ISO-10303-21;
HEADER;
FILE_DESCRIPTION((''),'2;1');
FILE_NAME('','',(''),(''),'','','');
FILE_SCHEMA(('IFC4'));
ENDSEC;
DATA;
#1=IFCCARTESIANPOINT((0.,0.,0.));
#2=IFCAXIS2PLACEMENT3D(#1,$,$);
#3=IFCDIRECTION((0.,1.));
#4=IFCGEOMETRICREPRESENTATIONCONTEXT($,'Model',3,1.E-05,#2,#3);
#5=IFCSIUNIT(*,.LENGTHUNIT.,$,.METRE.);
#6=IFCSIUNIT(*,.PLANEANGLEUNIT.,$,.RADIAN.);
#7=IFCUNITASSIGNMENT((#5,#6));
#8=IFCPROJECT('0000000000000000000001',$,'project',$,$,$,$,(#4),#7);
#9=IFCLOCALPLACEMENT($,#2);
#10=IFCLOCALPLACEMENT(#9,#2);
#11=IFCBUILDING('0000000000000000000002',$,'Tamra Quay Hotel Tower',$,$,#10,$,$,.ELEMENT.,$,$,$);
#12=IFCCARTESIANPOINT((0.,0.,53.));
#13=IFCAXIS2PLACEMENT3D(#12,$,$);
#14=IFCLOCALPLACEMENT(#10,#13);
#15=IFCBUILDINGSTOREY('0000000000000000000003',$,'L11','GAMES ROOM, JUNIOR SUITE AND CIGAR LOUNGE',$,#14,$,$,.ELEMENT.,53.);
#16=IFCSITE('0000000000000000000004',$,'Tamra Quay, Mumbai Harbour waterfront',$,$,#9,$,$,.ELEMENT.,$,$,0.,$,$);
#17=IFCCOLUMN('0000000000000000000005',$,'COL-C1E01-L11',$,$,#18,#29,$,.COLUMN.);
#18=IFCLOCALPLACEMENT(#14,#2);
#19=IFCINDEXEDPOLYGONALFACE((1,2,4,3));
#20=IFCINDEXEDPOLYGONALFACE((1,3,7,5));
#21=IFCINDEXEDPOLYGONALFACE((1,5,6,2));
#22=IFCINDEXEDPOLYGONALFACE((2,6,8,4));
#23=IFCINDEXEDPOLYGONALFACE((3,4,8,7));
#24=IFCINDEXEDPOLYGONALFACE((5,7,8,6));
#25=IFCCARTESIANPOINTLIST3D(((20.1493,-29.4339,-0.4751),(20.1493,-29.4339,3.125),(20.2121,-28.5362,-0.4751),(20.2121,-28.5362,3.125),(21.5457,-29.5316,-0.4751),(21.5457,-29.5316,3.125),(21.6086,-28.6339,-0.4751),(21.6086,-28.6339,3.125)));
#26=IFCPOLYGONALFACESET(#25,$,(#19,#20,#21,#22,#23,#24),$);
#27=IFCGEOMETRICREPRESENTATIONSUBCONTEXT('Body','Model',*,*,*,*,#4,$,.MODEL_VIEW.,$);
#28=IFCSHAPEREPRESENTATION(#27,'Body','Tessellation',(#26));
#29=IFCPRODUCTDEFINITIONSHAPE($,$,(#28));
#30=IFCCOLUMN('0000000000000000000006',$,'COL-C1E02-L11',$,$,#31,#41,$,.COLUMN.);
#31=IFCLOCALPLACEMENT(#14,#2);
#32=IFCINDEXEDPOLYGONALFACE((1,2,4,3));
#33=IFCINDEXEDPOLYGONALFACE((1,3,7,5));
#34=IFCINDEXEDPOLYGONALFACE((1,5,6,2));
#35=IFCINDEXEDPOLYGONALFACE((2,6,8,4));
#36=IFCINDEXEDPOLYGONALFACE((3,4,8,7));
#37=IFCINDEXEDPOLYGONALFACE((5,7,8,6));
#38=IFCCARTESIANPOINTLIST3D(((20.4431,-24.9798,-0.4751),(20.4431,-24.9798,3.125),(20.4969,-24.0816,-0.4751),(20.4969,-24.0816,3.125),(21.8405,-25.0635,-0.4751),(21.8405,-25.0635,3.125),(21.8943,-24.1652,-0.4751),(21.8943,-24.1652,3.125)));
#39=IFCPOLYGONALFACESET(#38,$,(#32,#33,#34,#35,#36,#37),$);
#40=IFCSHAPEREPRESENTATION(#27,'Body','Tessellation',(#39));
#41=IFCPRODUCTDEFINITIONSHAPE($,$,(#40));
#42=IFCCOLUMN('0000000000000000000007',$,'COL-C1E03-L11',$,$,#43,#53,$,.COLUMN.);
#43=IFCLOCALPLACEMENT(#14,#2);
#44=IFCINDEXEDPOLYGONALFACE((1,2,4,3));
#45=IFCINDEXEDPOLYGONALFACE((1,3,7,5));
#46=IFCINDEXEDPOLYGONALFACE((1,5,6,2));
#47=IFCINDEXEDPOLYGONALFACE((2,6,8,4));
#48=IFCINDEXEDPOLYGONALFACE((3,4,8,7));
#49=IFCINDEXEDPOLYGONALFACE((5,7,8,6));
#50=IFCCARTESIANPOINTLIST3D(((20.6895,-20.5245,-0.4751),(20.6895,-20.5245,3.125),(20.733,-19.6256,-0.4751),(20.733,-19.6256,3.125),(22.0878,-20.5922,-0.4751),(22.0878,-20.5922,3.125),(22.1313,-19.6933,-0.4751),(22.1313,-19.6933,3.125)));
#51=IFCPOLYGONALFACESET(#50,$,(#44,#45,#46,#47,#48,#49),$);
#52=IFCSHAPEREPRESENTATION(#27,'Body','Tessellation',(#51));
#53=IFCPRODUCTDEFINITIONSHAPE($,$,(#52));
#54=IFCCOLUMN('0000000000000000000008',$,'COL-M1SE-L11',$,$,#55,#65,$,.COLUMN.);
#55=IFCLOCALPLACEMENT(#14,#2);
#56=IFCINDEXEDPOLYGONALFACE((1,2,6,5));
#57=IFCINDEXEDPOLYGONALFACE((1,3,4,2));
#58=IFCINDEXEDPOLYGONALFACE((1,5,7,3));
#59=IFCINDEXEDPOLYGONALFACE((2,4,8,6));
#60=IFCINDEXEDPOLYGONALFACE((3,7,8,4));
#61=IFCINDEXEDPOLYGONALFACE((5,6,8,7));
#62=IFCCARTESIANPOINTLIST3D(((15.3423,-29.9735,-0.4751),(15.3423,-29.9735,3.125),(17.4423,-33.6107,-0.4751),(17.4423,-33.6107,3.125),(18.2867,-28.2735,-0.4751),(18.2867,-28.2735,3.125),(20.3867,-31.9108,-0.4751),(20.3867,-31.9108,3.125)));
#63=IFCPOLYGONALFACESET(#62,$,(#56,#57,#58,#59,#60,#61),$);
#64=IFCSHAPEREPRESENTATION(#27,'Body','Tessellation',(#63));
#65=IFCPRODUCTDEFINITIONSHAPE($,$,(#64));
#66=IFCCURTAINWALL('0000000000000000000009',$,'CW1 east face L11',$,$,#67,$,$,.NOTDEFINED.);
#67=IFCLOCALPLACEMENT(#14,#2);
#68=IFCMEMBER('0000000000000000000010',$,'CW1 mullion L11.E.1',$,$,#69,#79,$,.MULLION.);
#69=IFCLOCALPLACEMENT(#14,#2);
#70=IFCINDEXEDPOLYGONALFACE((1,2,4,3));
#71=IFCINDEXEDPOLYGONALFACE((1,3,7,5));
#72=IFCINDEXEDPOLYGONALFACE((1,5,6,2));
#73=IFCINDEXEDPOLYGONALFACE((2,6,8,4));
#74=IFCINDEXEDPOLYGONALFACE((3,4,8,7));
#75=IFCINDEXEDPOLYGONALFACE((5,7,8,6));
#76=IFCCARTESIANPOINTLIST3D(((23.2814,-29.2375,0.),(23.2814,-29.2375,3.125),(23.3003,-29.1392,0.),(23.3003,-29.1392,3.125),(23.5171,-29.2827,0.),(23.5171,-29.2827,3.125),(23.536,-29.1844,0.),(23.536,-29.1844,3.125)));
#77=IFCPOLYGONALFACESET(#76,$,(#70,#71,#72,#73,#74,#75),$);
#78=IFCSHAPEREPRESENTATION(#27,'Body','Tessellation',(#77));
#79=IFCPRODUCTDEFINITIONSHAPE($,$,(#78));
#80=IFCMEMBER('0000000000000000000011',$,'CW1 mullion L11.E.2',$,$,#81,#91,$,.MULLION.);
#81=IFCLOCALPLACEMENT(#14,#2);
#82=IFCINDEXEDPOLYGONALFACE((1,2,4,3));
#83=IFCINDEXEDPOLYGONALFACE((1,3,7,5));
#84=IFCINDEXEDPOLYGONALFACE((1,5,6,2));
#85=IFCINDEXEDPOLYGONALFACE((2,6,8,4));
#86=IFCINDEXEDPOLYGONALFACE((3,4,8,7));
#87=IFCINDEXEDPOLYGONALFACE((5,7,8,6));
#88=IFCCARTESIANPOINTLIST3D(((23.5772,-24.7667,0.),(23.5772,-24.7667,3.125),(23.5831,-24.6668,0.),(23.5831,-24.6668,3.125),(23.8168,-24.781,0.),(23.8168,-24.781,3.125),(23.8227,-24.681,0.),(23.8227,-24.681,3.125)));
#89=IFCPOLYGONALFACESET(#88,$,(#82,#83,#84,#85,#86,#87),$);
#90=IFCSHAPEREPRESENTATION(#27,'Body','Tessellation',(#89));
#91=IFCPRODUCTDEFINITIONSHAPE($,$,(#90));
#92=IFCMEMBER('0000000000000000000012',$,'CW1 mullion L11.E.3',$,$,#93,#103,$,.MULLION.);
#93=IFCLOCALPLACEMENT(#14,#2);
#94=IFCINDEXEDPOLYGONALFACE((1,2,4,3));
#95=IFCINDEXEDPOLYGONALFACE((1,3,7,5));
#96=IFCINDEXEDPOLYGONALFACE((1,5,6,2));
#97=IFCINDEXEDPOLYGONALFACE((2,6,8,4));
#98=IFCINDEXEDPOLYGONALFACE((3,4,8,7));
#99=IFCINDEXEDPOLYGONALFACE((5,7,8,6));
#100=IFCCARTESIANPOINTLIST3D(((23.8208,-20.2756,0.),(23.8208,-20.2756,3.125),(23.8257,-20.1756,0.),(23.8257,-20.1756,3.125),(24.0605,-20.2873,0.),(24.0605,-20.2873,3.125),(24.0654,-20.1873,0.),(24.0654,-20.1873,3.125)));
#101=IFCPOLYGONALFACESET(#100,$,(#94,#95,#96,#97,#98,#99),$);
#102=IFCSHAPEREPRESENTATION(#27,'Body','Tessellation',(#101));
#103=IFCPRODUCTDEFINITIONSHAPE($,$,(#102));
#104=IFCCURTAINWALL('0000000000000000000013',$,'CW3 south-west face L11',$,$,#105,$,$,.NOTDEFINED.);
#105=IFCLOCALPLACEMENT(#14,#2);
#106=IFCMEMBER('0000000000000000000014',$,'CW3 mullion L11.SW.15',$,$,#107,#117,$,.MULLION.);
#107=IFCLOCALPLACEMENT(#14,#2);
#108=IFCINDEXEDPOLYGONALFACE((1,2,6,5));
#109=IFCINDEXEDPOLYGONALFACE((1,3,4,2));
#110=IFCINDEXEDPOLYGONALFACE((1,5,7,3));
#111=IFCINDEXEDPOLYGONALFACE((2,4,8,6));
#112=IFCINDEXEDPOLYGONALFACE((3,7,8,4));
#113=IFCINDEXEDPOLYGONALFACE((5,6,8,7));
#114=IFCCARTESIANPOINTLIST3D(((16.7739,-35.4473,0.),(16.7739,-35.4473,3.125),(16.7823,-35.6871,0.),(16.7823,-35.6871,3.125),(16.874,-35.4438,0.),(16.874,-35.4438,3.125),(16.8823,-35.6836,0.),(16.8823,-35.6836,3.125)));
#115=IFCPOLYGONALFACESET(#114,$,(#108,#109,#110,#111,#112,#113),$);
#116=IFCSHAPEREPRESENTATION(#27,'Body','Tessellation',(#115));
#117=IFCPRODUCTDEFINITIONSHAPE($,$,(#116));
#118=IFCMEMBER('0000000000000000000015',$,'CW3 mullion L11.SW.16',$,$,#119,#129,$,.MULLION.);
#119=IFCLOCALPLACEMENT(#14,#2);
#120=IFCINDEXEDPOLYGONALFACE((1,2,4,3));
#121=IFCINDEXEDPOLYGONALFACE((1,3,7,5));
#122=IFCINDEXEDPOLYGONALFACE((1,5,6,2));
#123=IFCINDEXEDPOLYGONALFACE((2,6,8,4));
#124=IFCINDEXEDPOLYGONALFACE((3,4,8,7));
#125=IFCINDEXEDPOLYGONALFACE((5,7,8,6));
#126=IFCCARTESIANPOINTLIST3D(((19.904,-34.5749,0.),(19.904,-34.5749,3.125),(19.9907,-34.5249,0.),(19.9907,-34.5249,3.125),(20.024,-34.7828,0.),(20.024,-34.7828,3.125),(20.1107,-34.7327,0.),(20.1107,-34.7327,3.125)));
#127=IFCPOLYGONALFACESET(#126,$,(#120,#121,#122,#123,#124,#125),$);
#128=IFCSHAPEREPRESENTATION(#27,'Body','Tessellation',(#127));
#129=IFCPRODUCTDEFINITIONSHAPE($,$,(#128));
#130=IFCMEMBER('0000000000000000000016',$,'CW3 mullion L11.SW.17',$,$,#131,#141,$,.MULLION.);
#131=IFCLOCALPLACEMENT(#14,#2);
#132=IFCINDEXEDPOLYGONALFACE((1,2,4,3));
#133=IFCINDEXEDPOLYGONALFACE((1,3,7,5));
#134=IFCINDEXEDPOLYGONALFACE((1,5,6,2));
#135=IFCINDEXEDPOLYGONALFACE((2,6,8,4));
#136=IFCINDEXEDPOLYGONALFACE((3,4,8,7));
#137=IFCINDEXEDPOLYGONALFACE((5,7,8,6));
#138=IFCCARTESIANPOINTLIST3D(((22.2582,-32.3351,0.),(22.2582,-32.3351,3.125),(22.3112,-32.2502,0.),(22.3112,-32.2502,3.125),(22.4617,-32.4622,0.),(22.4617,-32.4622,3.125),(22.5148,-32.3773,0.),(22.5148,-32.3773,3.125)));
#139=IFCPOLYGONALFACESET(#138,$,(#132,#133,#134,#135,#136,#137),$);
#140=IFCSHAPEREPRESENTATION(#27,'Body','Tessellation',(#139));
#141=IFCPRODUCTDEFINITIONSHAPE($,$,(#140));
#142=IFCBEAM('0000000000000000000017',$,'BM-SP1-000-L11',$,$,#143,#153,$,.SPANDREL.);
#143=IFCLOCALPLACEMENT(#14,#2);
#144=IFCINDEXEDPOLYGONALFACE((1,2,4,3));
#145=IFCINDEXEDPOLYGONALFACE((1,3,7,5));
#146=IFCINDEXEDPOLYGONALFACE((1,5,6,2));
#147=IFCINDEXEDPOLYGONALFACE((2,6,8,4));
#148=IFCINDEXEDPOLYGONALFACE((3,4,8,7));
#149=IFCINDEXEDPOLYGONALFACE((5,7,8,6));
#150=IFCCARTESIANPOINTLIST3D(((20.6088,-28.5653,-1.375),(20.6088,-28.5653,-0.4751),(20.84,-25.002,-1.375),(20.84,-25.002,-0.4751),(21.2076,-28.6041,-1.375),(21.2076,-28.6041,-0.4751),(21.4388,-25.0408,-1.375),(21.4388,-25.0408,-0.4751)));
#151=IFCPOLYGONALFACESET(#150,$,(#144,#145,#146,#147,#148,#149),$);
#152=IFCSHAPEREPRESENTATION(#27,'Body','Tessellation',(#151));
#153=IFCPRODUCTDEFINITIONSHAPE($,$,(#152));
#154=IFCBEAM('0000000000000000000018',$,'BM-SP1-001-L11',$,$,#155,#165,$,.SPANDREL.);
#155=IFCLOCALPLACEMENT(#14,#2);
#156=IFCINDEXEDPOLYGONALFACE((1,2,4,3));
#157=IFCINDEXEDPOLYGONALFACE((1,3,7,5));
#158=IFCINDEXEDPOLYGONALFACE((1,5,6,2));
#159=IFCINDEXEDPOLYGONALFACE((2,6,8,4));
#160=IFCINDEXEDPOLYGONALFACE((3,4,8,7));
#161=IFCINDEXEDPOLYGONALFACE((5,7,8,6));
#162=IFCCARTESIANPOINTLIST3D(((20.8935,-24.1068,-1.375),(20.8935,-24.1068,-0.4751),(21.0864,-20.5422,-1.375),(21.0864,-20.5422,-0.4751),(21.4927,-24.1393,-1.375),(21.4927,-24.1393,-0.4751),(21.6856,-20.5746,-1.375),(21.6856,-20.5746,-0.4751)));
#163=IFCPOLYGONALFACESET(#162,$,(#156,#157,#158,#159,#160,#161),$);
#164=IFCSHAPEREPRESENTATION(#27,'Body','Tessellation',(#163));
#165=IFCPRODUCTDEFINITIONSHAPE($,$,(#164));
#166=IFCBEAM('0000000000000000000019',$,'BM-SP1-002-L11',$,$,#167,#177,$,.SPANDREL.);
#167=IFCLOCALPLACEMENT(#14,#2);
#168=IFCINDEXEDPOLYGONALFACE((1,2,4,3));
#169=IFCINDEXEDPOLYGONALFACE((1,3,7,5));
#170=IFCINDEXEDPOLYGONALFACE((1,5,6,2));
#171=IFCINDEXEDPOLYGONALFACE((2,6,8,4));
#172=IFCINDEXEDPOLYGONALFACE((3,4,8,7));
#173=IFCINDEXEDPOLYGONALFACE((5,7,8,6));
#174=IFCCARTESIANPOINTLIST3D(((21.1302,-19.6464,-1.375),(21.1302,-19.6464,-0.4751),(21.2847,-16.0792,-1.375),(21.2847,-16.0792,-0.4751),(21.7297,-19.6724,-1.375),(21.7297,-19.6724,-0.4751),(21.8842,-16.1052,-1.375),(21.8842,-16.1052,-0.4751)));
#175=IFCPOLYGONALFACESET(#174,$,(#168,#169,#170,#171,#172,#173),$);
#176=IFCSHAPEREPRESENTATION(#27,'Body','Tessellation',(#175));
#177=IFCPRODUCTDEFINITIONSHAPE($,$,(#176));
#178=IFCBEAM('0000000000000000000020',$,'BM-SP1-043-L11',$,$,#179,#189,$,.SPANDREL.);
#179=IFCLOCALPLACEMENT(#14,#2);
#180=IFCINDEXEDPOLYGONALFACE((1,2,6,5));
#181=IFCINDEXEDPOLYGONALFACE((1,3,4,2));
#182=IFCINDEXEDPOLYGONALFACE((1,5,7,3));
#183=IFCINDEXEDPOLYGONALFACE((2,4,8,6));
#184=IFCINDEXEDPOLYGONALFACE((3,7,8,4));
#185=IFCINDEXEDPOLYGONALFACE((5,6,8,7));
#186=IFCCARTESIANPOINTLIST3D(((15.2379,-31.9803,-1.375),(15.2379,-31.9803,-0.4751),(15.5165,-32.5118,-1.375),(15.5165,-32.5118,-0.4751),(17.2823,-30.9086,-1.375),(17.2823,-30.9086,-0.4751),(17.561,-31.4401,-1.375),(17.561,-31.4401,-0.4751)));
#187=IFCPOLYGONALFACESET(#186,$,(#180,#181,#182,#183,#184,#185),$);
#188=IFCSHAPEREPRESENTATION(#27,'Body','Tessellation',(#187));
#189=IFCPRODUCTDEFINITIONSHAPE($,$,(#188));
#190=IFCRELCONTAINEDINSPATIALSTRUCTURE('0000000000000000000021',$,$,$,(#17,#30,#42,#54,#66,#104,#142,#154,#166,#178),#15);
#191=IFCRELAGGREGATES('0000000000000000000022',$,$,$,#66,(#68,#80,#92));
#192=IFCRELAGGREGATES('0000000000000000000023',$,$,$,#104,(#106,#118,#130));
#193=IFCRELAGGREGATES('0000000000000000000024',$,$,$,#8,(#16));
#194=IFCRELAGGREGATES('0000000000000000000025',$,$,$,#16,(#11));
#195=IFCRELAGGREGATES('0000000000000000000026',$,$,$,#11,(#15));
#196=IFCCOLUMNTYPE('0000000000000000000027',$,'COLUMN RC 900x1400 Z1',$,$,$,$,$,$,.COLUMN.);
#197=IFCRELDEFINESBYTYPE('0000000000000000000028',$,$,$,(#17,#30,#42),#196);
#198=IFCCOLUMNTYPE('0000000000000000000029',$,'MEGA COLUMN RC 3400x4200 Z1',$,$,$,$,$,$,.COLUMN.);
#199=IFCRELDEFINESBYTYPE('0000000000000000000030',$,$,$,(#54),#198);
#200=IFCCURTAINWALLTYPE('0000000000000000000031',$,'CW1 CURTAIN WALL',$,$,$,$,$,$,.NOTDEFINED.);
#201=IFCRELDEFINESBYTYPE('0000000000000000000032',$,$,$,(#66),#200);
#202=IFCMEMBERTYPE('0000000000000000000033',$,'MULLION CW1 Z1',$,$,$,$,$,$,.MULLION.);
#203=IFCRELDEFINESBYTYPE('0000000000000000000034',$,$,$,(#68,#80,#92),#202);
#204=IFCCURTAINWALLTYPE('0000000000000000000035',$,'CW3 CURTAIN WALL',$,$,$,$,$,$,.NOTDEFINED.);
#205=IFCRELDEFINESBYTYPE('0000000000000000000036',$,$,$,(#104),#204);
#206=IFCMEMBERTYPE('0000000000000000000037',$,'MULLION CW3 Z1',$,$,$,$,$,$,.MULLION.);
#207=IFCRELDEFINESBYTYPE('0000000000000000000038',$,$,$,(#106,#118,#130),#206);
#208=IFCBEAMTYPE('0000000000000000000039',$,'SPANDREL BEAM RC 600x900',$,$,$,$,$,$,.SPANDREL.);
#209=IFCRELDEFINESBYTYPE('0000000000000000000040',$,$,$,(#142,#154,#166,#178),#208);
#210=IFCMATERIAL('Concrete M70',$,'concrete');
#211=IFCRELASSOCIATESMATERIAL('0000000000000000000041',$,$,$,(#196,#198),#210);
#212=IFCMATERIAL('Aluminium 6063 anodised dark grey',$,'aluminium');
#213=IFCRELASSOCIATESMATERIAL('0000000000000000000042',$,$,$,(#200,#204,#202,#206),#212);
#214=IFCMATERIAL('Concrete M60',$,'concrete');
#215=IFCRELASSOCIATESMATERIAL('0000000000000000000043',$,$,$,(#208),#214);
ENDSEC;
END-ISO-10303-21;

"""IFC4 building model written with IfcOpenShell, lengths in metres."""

from ifc_helpers import new_model, si_unit, direction, frame, origin, origin_2d, place, context, subcontext, project, spatial, rectangle, extrude, material, material_profile, profile_set, type_object, element, aggregate, save


model = new_model("IFC4")

# Units and contexts
model_context = context("Model", 3, precision=1e-05, world=origin(), true_north=direction((0.0, 1.0)))
body_context = subcontext(model_context, "Body", "Model", "MODEL_VIEW")
ifc_project = project(units=[si_unit("LENGTHUNIT", "METRE"), si_unit("PLANEANGLEUNIT", "RADIAN")], contexts=[model_context])

# Site, building, storey
site_placement = place(None, origin())
site = spatial("IfcSite", under=ifc_project, at=site_placement, Name="Tamra Quay, Mumbai Harbour waterfront", CompositionType="ELEMENT", RefElevation=0.0)
building_placement = place(site_placement, origin())
building = spatial("IfcBuilding", under=site, at=building_placement, Name="Tamra Quay Hotel Tower", CompositionType="ELEMENT")
storey_placement = place(building_placement, frame((0.0, 0.0, 53.0)))
storey = spatial("IfcBuildingStorey", under=building, at=storey_placement, Name="L11", Description="GAMES ROOM, JUNIOR SUITE AND CIGAR LOUNGE", CompositionType="ELEMENT", Elevation=53.0)

# Columns
ifc_material_1 = material(Name="Concrete M70", Category="concrete")
ifc_material_profile_1 = material_profile(ifc_material_1, rectangle(XDim=1.3999, YDim=0.8999, at=origin_2d()), Name="COLUMN RC 900x1400 Z1")
ifc_profile_set_1 = profile_set([ifc_material_profile_1], Name="Concrete M70")
column_type_1 = type_object("IfcColumnType", Name="COLUMN RC 900x1400 Z1", PredefinedType="COLUMN", material=ifc_profile_set_1)
for number, where, z_axis, x_axis, name in (
    (1, (20.8789, -29.0339, -0.4751), (0.0, 0.0, 1.0), (-0.997562, 0.06979, 0.0), "COL-C1E01-L11"),
    (2, (21.1687, -24.5725, -0.4751), (0.0, 0.0, 1.0), (-0.998214, 0.059733, 0.0), "COL-C1E02-L11"),
    (3, (21.4104, -20.1089, -0.4751), (0.0, 0.0, 1.0), (-0.998831, 0.048344, 0.0), "COL-C1E03-L11"),
):
    element("IfcColumn", number, at=place(storey_placement, frame(where, z_axis=z_axis, x_axis=x_axis)), inside=storey, type_object=column_type_1, Name=name, PredefinedType="COLUMN", context=body_context, shape_type="SweptSolid", body=[
        extrude(rectangle(XDim=1.3999, YDim=0.8999, at=origin_2d()), origin(), (0.0, 0.0, 1.0), 3.6001),
    ])
ifc_material_profile_2 = material_profile(ifc_material_1, rectangle(XDim=4.2, YDim=3.3999, at=origin_2d()), Name="MEGA COLUMN RC 3400x4200 Z1")
ifc_profile_set_2 = profile_set([ifc_material_profile_2], Name="Concrete M70")
column_type_2 = type_object("IfcColumnType", Name="MEGA COLUMN RC 3400x4200 Z1", PredefinedType="COLUMN", material=ifc_profile_set_2)
column_placement = place(storey_placement, frame((17.8645, -30.9421, -0.4751), z_axis=(0.0, 0.0, 1.0), x_axis=(-0.5, 0.866025, 0.0)))
element("IfcColumn", 4, at=column_placement, inside=storey, type_object=column_type_2, Name="COL-M1SE-L11", PredefinedType="COLUMN", context=body_context, shape_type="SweptSolid", body=[
    extrude(rectangle(XDim=4.2, YDim=3.3999, at=origin_2d()), origin(), (0.0, 0.0, 1.0), 3.6001),
])

# Curtain walls, members
ifc_material_2 = material(Name="Aluminium 6063 anodised dark grey", Category="aluminium")
curtain_wall_type_1 = type_object("IfcCurtainWallType", Name="CW1 CURTAIN WALL", PredefinedType="NOTDEFINED", material=ifc_material_2)
curtain_wall_1_placement = place(storey_placement, origin())
curtain_wall_1 = element("IfcCurtainWall", 5, at=curtain_wall_1_placement, inside=storey, type_object=curtain_wall_type_1, Name="CW1 east face L11", PredefinedType="NOTDEFINED")
ifc_material_profile_3 = material_profile(ifc_material_2, rectangle(XDim=0.24, YDim=0.1001, at=origin_2d()), Name="MULLION 100X240")
ifc_profile_set_3 = profile_set([ifc_material_profile_3], Name="Aluminium 6063 anodised dark grey")
member_type_1 = type_object("IfcMemberType", Name="MULLION CW1 Z1", PredefinedType="MULLION", material=ifc_profile_set_3)
member_1_placement = place(storey_placement, frame((23.4087, -29.2109, 0.0), z_axis=(0.0, 0.0, 1.0), x_axis=(0.982095, -0.188389, 0.0)))
member_1 = element("IfcMember", 6, at=member_1_placement, type_object=member_type_1, Name="CW1 mullion L11.E.1", PredefinedType="MULLION", context=body_context, shape_type="SweptSolid", body=[
    extrude(rectangle(XDim=0.24, YDim=0.1001, at=origin_2d()), origin(), (0.0, 0.0, 1.0), 3.125),
])
member_2_placement = place(storey_placement, frame((23.7, -24.7239, 0.0), z_axis=(0.0, 0.0, 1.0), x_axis=(0.998232, -0.059438, 0.0)))
member_2 = element("IfcMember", 7, at=member_2_placement, type_object=member_type_1, Name="CW1 mullion L11.E.2", PredefinedType="MULLION", context=body_context, shape_type="SweptSolid", body=[
    extrude(rectangle(XDim=0.24, YDim=0.1001, at=origin_2d()), origin(), (0.0, 0.0, 1.0), 3.125),
])
member_3_placement = place(storey_placement, frame((23.9431, -20.2314, 0.0), z_axis=(0.0, 0.0, 1.0), x_axis=(0.998815, -0.048674, 0.0)))
member_3 = element("IfcMember", 8, at=member_3_placement, type_object=member_type_1, Name="CW1 mullion L11.E.3", PredefinedType="MULLION", context=body_context, shape_type="SweptSolid", body=[
    extrude(rectangle(XDim=0.24, YDim=0.1001, at=origin_2d()), origin(), (0.0, 0.0, 1.0), 3.125),
])
curtain_wall_type_2 = type_object("IfcCurtainWallType", Name="CW3 CURTAIN WALL", PredefinedType="NOTDEFINED", material=ifc_material_2)
curtain_wall_2_placement = place(storey_placement, origin())
curtain_wall_2 = element("IfcCurtainWall", 9, at=curtain_wall_2_placement, inside=storey, type_object=curtain_wall_type_2, Name="CW3 south-west face L11", PredefinedType="NOTDEFINED")
ifc_material_profile_4 = material_profile(ifc_material_2, rectangle(XDim=0.24, YDim=0.1001, at=origin_2d()), Name="MULLION 100X240")
ifc_profile_set_4 = profile_set([ifc_material_profile_4], Name="Aluminium 6063 anodised dark grey")
member_type_2 = type_object("IfcMemberType", Name="MULLION CW3 Z1", PredefinedType="MULLION", material=ifc_profile_set_4)
member_4_placement = place(storey_placement, frame((16.8281, -35.5654, 0.0), z_axis=(0.0, 0.0, 1.0), x_axis=(0.034916, -0.99939, 0.0)))
member_4 = element("IfcMember", 10, at=member_4_placement, type_object=member_type_2, Name="CW3 mullion L11.SW.15", PredefinedType="MULLION", context=body_context, shape_type="SweptSolid", body=[
    extrude(rectangle(XDim=0.24, YDim=0.1001, at=origin_2d()), origin(), (0.0, 0.0, 1.0), 3.125),
])
member_5_placement = place(storey_placement, frame((20.0073, -34.6538, 0.0), z_axis=(0.0, 0.0, 1.0), x_axis=(0.5, -0.866025, 0.0)))
member_5 = element("IfcMember", 11, at=member_5_placement, type_object=member_type_2, Name="CW3 mullion L11.SW.16", PredefinedType="MULLION", context=body_context, shape_type="SweptSolid", body=[
    extrude(rectangle(XDim=0.24, YDim=0.1001, at=origin_2d()), origin(), (0.0, 0.0, 1.0), 3.125),
])
member_6_placement = place(storey_placement, frame((22.3865, -32.3562, 0.0), z_axis=(0.0, 0.0, 1.0), x_axis=(0.848039, -0.529933, 0.0)))
member_6 = element("IfcMember", 12, at=member_6_placement, type_object=member_type_2, Name="CW3 mullion L11.SW.17", PredefinedType="MULLION", context=body_context, shape_type="SweptSolid", body=[
    extrude(rectangle(XDim=0.24, YDim=0.1001, at=origin_2d()), origin(), (0.0, 0.0, 1.0), 3.125),
])

# Beams
ifc_material_3 = material(Name="Concrete M60", Category="concrete")
ifc_material_profile_5 = material_profile(ifc_material_3, rectangle(XDim=0.6001, YDim=0.8999, at=origin_2d()), Name="SPANDREL BEAM RC 600x900")
ifc_profile_set_5 = profile_set([ifc_material_profile_5], Name="Concrete M60")
beam_type = type_object("IfcBeamType", Name="SPANDREL BEAM RC 600x900", PredefinedType="SPANDREL", material=ifc_profile_set_5)
beam_1_placement = place(storey_placement, frame((20.9082, -28.5847, -0.925), z_axis=(0.064749, 0.997902, 0.0), x_axis=(-0.997902, 0.064749, 0.0)))
element("IfcBeam", 13, at=beam_1_placement, inside=storey, type_object=beam_type, Name="BM-SP1-000-L11", PredefinedType="SPANDREL", context=body_context, shape_type="SweptSolid", body=[
    extrude(rectangle(XDim=0.6001, YDim=0.8999, at=origin_2d()), origin(), (0.0, 0.0, 1.0), 3.5708),
])
beam_2_placement = place(storey_placement, frame((21.1931, -24.123, -0.925), z_axis=(0.054027, 0.998539, 0.0), x_axis=(-0.998539, 0.054027, 0.0)))
element("IfcBeam", 14, at=beam_2_placement, inside=storey, type_object=beam_type, Name="BM-SP1-001-L11", PredefinedType="SPANDREL", context=body_context, shape_type="SweptSolid", body=[
    extrude(rectangle(XDim=0.6001, YDim=0.8999, at=origin_2d()), origin(), (0.0, 0.0, 1.0), 3.5698),
])
beam_3_placement = place(storey_placement, frame((21.4299, -19.6594, -0.925), z_axis=(0.043283, 0.999063, 0.0), x_axis=(-0.999063, 0.043283, 0.0)))
element("IfcBeam", 15, at=beam_3_placement, inside=storey, type_object=beam_type, Name="BM-SP1-002-L11", PredefinedType="SPANDREL", context=body_context, shape_type="SweptSolid", body=[
    extrude(rectangle(XDim=0.6001, YDim=0.8999, at=origin_2d()), origin(), (0.0, 0.0, 1.0), 3.5706),
])
beam_4_placement = place(storey_placement, frame((15.3772, -32.2461, -0.925), z_axis=(0.885674, 0.464307, 0.0), x_axis=(-0.464307, 0.885674, 0.0)))
element("IfcBeam", 16, at=beam_4_placement, inside=storey, type_object=beam_type, Name="BM-SP1-043-L11", PredefinedType="SPANDREL", context=body_context, shape_type="SweptSolid", body=[
    extrude(rectangle(XDim=0.6001, YDim=0.8999, at=origin_2d()), origin(), (0.0, 0.0, 1.0), 2.3083),
])

aggregate(curtain_wall_1, [member_1, member_2, member_3])
aggregate(curtain_wall_2, [member_4, member_5, member_6])

save(model, "model.ifc")
